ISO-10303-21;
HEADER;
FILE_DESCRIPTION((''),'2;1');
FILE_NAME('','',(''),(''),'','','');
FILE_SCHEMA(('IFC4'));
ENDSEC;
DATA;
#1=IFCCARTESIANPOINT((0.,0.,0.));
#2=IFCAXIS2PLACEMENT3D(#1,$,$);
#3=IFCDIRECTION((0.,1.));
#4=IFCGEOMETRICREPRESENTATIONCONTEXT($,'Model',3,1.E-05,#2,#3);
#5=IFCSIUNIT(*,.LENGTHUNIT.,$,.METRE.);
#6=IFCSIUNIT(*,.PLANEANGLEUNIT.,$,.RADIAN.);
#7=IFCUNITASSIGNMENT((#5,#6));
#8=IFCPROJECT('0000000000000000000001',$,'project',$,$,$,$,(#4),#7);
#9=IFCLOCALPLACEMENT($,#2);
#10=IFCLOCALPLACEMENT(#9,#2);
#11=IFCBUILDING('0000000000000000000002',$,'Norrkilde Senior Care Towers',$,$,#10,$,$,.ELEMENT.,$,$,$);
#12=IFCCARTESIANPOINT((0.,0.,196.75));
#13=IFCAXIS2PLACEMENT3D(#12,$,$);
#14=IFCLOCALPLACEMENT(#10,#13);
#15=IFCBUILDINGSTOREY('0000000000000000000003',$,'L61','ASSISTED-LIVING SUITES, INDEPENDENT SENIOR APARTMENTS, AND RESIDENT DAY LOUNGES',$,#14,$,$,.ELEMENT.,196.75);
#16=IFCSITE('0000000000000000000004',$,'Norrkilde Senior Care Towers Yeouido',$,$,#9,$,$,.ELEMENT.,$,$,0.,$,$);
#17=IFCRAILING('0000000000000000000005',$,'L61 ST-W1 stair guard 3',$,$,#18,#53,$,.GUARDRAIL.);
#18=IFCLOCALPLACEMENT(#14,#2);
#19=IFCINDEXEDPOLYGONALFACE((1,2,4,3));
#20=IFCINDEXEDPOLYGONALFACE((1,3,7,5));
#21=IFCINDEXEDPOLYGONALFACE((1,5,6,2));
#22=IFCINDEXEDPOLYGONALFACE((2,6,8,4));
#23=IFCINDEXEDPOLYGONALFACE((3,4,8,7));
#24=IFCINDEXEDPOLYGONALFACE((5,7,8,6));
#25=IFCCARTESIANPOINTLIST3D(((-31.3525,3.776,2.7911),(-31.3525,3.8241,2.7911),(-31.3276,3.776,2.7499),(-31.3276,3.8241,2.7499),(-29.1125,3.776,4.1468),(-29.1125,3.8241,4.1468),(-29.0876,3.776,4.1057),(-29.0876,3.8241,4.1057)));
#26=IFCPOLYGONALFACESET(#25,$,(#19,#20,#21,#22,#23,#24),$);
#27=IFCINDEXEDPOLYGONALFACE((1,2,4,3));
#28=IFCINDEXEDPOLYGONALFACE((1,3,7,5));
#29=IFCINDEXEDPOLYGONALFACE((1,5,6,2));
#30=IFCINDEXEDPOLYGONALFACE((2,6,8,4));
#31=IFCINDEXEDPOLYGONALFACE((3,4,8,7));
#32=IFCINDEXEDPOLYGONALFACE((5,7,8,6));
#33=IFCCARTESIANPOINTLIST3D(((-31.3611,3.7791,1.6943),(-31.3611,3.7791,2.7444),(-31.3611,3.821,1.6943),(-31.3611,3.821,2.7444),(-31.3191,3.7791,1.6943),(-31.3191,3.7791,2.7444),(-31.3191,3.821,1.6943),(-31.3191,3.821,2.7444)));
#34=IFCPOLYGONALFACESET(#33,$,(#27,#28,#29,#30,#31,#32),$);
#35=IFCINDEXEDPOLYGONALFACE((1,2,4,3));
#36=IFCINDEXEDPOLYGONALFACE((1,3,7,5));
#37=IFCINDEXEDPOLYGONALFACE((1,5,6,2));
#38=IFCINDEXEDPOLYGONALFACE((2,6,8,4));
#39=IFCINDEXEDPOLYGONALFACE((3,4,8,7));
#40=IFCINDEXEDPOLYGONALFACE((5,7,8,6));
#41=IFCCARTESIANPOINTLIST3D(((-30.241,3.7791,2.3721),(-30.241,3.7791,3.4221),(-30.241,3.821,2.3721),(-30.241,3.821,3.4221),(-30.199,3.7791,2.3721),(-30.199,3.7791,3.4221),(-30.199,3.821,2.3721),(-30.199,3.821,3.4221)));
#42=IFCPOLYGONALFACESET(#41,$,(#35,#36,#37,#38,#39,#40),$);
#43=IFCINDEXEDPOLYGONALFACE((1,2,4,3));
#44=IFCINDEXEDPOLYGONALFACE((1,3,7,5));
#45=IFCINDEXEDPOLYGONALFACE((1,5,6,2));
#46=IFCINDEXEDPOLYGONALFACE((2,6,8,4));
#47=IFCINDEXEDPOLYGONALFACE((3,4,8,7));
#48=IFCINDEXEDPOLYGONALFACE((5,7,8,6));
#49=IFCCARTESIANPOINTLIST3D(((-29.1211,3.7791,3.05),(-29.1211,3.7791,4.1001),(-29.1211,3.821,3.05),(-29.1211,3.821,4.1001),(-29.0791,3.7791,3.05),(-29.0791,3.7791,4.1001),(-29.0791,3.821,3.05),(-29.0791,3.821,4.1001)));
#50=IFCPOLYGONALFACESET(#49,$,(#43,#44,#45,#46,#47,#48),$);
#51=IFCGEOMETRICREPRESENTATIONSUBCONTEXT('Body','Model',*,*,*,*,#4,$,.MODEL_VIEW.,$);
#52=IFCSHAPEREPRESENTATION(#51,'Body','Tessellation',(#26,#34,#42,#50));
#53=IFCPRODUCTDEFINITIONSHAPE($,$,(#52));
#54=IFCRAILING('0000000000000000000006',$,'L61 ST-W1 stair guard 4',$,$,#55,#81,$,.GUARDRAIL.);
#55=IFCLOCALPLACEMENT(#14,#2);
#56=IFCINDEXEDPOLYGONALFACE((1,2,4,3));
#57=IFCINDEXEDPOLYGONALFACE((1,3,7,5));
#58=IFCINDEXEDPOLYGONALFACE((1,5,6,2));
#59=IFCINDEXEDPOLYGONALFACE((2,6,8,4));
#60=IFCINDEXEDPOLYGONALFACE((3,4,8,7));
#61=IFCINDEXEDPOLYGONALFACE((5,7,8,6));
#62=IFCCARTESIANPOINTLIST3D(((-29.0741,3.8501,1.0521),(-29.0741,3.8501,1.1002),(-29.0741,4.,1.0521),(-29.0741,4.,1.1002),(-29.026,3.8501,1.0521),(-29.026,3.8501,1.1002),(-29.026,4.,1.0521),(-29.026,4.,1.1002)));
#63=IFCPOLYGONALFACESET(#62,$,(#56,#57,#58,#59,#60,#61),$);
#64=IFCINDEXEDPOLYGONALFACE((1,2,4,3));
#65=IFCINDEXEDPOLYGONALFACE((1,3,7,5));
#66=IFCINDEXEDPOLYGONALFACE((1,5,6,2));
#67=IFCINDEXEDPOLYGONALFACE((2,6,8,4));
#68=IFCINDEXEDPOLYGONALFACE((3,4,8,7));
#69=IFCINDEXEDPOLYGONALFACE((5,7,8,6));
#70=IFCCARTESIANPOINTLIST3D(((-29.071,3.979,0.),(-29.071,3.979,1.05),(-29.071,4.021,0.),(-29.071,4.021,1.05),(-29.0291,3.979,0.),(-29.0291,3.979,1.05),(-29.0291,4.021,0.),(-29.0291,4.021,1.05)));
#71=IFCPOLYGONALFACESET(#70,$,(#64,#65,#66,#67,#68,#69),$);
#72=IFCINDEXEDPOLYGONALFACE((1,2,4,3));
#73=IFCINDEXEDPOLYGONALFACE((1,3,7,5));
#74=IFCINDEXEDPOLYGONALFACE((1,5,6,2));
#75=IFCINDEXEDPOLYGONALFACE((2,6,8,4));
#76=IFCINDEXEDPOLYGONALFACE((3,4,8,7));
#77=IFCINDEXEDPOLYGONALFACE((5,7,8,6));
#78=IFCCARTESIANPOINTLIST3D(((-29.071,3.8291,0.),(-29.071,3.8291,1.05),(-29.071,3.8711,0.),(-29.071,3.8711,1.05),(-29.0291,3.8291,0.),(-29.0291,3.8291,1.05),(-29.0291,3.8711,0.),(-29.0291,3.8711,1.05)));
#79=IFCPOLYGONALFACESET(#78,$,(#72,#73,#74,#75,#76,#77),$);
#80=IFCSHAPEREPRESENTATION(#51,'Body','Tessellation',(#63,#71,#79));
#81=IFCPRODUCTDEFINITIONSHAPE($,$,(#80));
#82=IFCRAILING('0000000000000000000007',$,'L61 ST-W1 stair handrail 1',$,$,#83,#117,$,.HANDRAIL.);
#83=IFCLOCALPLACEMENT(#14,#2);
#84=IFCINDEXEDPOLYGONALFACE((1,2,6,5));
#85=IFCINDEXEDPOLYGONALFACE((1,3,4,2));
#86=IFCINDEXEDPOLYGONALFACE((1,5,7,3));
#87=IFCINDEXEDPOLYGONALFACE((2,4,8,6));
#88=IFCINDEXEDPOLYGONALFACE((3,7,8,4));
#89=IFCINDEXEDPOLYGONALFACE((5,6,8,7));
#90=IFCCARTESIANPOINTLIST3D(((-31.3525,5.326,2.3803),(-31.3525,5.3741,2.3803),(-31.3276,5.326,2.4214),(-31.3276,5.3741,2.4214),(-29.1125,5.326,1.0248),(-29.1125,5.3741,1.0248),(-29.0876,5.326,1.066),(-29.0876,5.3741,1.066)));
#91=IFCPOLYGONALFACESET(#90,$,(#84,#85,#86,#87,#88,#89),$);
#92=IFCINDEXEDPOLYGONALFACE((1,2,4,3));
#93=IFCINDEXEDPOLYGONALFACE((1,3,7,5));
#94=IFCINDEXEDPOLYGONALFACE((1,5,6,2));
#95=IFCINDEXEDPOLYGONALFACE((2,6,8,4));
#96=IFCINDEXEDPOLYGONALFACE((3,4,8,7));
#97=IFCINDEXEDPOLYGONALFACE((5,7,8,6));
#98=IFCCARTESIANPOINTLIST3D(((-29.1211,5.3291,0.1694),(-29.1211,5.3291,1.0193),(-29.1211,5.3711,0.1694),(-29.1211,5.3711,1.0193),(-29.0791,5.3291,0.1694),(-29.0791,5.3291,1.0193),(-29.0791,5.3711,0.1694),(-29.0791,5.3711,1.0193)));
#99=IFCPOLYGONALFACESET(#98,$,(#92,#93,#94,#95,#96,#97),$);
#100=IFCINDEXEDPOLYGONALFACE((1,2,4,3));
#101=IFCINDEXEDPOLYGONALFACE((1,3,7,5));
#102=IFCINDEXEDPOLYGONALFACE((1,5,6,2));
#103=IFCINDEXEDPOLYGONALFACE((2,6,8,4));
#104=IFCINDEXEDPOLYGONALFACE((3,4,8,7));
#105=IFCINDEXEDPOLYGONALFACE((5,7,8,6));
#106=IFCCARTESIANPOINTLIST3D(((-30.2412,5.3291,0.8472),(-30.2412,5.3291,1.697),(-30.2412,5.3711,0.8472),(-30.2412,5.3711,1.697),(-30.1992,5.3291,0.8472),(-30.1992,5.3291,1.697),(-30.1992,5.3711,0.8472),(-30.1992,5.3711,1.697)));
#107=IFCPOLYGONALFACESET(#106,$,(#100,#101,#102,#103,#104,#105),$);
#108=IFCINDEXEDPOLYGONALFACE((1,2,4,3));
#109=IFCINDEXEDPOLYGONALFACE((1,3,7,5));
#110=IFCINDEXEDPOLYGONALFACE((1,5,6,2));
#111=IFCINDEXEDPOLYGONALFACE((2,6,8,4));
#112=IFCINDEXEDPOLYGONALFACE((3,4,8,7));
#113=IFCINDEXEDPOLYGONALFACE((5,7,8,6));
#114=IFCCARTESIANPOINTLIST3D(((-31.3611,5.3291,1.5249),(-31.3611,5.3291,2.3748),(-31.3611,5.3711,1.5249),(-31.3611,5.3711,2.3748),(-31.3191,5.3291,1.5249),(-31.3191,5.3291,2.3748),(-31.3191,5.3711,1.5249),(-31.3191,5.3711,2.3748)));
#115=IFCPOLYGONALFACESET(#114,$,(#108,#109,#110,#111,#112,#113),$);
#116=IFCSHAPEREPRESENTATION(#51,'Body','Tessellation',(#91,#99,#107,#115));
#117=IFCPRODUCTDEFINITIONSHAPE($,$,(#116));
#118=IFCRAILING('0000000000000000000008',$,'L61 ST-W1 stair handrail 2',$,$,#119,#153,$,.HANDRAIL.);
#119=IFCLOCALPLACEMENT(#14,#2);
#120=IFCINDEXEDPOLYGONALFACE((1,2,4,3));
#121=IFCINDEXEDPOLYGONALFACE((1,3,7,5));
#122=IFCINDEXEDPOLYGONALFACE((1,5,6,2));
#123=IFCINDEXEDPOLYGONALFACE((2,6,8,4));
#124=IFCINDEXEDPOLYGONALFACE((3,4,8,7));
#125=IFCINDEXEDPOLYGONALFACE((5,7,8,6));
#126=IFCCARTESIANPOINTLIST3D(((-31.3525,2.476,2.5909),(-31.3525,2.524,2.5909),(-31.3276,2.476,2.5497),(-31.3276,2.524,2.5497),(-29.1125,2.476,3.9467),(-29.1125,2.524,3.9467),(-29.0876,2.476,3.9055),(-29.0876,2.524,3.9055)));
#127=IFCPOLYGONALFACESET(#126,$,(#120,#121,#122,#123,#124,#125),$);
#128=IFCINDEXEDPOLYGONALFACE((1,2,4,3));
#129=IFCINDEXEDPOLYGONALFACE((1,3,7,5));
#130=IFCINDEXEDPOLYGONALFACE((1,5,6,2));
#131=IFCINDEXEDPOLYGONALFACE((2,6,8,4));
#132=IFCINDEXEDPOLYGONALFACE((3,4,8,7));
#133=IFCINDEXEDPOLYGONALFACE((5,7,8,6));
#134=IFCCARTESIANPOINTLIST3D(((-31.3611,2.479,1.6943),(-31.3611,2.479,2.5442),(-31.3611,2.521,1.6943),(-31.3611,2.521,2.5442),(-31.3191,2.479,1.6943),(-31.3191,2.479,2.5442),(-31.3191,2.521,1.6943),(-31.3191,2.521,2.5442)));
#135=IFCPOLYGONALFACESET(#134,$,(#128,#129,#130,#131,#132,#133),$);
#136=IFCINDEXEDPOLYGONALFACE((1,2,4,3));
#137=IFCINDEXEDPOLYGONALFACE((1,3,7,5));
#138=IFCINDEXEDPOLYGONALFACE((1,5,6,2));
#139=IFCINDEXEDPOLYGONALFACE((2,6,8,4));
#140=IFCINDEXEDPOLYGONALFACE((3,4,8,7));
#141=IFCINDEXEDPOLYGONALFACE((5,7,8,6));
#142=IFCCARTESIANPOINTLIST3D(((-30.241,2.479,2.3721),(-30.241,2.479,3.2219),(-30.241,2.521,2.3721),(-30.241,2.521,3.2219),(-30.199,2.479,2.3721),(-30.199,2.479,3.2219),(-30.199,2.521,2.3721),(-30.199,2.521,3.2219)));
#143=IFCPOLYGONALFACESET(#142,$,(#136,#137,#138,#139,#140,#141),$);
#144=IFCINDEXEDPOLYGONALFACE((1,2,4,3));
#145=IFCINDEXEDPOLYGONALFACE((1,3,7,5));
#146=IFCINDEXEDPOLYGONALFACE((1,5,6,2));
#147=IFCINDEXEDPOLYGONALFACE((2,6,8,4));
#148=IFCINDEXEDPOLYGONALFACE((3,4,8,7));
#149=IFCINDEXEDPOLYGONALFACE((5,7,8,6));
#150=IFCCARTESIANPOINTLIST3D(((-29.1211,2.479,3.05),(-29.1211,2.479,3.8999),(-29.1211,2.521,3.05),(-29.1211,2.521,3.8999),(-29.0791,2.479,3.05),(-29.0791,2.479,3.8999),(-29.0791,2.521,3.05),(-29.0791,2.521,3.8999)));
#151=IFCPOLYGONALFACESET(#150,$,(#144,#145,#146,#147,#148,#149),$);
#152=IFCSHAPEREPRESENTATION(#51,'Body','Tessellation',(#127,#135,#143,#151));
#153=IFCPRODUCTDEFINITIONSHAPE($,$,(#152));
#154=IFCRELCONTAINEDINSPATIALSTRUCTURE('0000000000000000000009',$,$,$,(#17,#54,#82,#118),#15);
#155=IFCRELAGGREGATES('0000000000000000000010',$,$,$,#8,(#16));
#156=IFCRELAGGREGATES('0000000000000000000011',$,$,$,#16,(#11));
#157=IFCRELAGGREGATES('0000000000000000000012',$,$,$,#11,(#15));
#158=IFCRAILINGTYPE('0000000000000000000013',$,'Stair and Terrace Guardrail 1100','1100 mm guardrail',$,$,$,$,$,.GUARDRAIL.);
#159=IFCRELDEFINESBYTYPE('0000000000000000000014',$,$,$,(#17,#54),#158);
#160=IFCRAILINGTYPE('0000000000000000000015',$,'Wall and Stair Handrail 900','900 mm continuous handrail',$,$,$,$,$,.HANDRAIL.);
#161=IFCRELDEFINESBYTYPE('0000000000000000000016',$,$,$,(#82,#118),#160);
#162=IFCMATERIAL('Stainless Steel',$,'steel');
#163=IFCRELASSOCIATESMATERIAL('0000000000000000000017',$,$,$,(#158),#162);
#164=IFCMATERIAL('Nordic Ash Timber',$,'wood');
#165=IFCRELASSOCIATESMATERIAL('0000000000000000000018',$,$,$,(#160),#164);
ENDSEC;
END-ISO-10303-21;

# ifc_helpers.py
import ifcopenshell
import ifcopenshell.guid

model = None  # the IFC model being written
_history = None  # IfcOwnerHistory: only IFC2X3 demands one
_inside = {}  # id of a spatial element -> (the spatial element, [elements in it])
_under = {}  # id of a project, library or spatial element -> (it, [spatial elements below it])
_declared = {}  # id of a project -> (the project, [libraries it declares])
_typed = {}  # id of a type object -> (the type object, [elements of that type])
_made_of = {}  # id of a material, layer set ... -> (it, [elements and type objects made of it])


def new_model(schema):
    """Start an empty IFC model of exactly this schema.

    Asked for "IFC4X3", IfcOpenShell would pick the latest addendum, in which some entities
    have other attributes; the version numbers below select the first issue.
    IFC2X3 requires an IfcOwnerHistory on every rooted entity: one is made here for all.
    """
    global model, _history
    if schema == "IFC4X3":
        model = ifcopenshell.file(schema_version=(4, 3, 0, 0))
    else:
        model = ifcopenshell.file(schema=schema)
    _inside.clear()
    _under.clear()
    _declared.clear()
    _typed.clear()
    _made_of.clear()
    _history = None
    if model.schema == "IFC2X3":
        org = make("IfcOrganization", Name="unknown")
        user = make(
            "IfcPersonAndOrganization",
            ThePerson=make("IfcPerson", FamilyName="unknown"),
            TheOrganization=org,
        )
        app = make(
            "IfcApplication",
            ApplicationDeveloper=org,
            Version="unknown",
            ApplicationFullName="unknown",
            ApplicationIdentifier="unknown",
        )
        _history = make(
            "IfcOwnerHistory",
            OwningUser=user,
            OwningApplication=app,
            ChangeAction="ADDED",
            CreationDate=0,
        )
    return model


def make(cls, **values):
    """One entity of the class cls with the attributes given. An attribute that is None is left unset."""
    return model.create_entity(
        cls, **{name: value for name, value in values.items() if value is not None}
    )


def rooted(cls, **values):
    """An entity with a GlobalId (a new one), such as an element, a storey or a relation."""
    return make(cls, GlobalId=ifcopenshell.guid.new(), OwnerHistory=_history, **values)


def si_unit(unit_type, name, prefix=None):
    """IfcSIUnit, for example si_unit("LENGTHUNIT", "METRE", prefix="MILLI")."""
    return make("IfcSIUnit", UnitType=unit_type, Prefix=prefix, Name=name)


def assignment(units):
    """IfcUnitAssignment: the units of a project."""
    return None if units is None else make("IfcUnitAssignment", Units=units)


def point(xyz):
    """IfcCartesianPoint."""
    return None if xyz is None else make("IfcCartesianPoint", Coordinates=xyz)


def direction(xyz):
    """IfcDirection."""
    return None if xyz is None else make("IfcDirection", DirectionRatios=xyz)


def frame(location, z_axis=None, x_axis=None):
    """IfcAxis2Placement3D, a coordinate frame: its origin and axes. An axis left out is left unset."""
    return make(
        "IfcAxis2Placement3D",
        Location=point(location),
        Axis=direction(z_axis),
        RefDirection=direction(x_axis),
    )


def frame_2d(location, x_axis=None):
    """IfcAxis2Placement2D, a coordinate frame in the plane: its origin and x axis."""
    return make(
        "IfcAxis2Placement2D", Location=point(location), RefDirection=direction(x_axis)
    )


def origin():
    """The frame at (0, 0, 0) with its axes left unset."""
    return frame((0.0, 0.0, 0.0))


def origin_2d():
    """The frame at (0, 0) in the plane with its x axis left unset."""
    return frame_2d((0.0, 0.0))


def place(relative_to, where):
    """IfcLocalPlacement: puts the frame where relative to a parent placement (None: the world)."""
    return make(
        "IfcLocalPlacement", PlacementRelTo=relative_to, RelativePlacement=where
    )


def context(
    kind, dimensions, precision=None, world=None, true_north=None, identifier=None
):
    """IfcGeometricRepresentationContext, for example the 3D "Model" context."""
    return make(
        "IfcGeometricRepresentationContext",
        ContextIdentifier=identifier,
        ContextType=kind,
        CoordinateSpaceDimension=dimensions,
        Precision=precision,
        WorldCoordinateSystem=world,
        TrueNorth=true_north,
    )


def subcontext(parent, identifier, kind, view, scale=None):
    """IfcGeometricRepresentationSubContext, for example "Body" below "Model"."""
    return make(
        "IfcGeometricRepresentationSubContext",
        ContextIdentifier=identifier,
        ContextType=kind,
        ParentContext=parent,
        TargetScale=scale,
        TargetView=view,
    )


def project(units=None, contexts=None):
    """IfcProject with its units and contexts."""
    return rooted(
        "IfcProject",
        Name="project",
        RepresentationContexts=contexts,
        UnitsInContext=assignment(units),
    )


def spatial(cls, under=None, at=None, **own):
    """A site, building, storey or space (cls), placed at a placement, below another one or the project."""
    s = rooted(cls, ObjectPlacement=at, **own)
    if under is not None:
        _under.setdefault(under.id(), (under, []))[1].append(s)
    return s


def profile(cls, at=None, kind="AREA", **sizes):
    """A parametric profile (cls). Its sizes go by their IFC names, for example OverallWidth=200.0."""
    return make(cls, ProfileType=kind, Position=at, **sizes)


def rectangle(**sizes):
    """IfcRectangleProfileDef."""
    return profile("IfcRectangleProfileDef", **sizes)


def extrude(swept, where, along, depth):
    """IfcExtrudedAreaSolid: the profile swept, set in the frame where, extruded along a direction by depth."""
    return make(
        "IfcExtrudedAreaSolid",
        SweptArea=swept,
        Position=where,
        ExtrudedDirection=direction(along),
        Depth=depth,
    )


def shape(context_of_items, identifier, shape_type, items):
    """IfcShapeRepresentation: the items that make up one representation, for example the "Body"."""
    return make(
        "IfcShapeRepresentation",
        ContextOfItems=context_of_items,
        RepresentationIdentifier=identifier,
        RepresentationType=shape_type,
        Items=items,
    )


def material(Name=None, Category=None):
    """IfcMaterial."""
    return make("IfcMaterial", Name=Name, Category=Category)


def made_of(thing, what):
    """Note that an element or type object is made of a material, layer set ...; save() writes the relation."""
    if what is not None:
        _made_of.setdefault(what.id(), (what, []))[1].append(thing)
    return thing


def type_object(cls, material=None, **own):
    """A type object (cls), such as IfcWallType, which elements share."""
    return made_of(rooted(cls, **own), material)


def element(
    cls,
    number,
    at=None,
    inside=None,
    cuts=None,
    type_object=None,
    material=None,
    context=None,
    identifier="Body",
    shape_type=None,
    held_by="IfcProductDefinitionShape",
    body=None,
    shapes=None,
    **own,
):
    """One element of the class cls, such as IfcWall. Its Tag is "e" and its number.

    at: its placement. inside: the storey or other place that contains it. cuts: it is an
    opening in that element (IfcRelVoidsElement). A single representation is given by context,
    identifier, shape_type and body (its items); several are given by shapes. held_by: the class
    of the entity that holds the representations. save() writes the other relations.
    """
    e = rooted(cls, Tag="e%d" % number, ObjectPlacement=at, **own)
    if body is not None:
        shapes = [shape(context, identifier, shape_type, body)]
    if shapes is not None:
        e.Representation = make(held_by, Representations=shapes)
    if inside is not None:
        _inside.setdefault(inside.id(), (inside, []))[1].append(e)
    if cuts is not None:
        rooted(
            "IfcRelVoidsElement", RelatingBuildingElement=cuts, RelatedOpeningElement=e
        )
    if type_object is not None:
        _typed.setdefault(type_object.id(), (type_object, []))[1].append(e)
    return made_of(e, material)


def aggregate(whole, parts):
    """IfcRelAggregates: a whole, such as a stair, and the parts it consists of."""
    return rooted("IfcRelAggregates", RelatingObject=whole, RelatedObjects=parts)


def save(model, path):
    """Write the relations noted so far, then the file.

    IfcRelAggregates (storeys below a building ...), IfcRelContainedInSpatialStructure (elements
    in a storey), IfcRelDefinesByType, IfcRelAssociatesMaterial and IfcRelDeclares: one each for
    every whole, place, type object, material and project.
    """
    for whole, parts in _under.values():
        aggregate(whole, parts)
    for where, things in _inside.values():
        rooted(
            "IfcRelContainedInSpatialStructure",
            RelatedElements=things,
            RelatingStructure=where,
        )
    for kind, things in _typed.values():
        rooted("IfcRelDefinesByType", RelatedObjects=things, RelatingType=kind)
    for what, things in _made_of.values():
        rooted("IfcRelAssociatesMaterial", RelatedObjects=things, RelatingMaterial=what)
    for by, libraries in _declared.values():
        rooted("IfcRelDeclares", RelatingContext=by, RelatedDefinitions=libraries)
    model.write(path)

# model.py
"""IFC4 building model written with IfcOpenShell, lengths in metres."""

from ifc_helpers import new_model, si_unit, direction, frame, origin, origin_2d, place, context, subcontext, project, spatial, rectangle, extrude, material, type_object, element, save


model = new_model("IFC4")

# Units and contexts
model_context = context("Model", 3, precision=1e-05, world=origin(), true_north=direction((0.0, 1.0)))
body_context = subcontext(model_context, "Body", "Model", "MODEL_VIEW")
ifc_project = project(units=[si_unit("LENGTHUNIT", "METRE"), si_unit("PLANEANGLEUNIT", "RADIAN")], contexts=[model_context])

# Site, building, storey
site_placement = place(None, origin())
site = spatial("IfcSite", under=ifc_project, at=site_placement, Name="Norrkilde Senior Care Towers Yeouido", CompositionType="ELEMENT", RefElevation=0.0)
building_placement = place(site_placement, origin())
building = spatial("IfcBuilding", under=site, at=building_placement, Name="Norrkilde Senior Care Towers", CompositionType="ELEMENT")
storey_placement = place(building_placement, frame((0.0, 0.0, 196.75)))
storey = spatial("IfcBuildingStorey", under=building, at=storey_placement, Name="L61", Description="ASSISTED-LIVING SUITES, INDEPENDENT SENIOR APARTMENTS, AND RESIDENT DAY LOUNGES", CompositionType="ELEMENT", Elevation=196.75)

# Shared definitions
ifc_material_1 = material(Name="Nordic Ash Timber", Category="wood")

# Railings
ifc_material_2 = material(Name="Stainless Steel", Category="steel")
railing_type_1 = type_object("IfcRailingType", Name="Stair and Terrace Guardrail 1100", Description="1100 mm guardrail", PredefinedType="GUARDRAIL", material=ifc_material_2)
railing_1_placement = place(storey_placement, frame((-31.3401, 3.8, 1.6943)))
element("IfcRailing", 1, at=railing_1_placement, inside=storey, type_object=railing_type_1, Name="L61 ST-W1 stair guard 3", PredefinedType="GUARDRAIL", context=body_context, shape_type="SweptSolid", body=[
    extrude(rectangle(XDim=0.0481, YDim=0.0481, at=origin_2d()), frame((0.0, 0.0, 1.0762), z_axis=(0.855512, 0.0, 0.517783), x_axis=(0.0, 1.0, 0.0)), (0.0, 0.0, 1.0), 2.6184),
    extrude(rectangle(XDim=0.042, YDim=0.042, at=origin_2d()), origin(), (0.0, 0.0, 1.0), 1.05),
    extrude(rectangle(XDim=0.042, YDim=0.042, at=origin_2d()), frame((1.1201, 0.0, 0.6777)), (0.0, 0.0, 1.0), 1.05),
    extrude(rectangle(XDim=0.042, YDim=0.042, at=origin_2d()), frame((2.24, 0.0, 1.3557)), (0.0, 0.0, 1.0), 1.05),
])
railing_2_placement = place(storey_placement, frame((-29.05, 4.0, 0.0)))
element("IfcRailing", 2, at=railing_2_placement, inside=storey, type_object=railing_type_1, Name="L61 ST-W1 stair guard 4", PredefinedType="GUARDRAIL", context=body_context, shape_type="SweptSolid", body=[
    extrude(rectangle(XDim=0.0481, YDim=0.0481, at=origin_2d()), frame((0.0, 0.0, 1.0762), z_axis=(0.0, -1.0, 0.0), x_axis=(1.0, 0.0, 0.0)), (0.0, 0.0, 1.0), 0.1499),
    extrude(rectangle(XDim=0.042, YDim=0.042, at=origin_2d()), origin(), (0.0, 0.0, 1.0), 1.05),
    extrude(rectangle(XDim=0.042, YDim=0.042, at=origin_2d()), frame((0.0, -0.1499, 0.0)), (0.0, 0.0, 1.0), 1.05),
])
railing_type_2 = type_object("IfcRailingType", Name="Wall and Stair Handrail 900", Description="900 mm continuous handrail", PredefinedType="HANDRAIL", material=ifc_material_1)
railing_3_placement = place(storey_placement, frame((-29.1001, 5.3501, 0.1694)))
element("IfcRailing", 3, at=railing_3_placement, inside=storey, type_object=railing_type_2, Name="L61 ST-W1 stair handrail 1", PredefinedType="HANDRAIL", context=body_context, shape_type="SweptSolid", body=[
    extrude(rectangle(XDim=0.0481, YDim=0.0481, at=origin_2d()), frame((0.0, 0.0, 0.876), z_axis=(-0.855553, 0.0, 0.517715), x_axis=(0.0, -1.0, 0.0)), (0.0, 0.0, 1.0), 2.6182),
    extrude(rectangle(XDim=0.042, YDim=0.042, at=origin_2d()), origin(), (0.0, 0.0, 1.0), 0.8499),
    extrude(rectangle(XDim=0.042, YDim=0.042, at=origin_2d()), frame((-1.1201, 0.0, 0.6777)), (0.0, 0.0, 1.0), 0.8499),
    extrude(rectangle(XDim=0.042, YDim=0.042, at=origin_2d()), frame((-2.24, 0.0, 1.3555)), (0.0, 0.0, 1.0), 0.8499),
])
railing_4_placement = place(storey_placement, frame((-31.3401, 2.5, 1.6943)))
element("IfcRailing", 4, at=railing_4_placement, inside=storey, type_object=railing_type_2, Name="L61 ST-W1 stair handrail 2", PredefinedType="HANDRAIL", context=body_context, shape_type="SweptSolid", body=[
    extrude(rectangle(XDim=0.0481, YDim=0.0481, at=origin_2d()), frame((0.0, 0.0, 0.876), z_axis=(0.855512, 0.0, 0.517783), x_axis=(0.0, 1.0, 0.0)), (0.0, 0.0, 1.0), 2.6184),
    extrude(rectangle(XDim=0.042, YDim=0.042, at=origin_2d()), origin(), (0.0, 0.0, 1.0), 0.8499),
    extrude(rectangle(XDim=0.042, YDim=0.042, at=origin_2d()), frame((1.1201, 0.0, 0.6777)), (0.0, 0.0, 1.0), 0.8499),
    extrude(rectangle(XDim=0.042, YDim=0.042, at=origin_2d()), frame((2.24, 0.0, 1.3557)), (0.0, 0.0, 1.0), 0.8499),
])

save(model, "model.ifc")
